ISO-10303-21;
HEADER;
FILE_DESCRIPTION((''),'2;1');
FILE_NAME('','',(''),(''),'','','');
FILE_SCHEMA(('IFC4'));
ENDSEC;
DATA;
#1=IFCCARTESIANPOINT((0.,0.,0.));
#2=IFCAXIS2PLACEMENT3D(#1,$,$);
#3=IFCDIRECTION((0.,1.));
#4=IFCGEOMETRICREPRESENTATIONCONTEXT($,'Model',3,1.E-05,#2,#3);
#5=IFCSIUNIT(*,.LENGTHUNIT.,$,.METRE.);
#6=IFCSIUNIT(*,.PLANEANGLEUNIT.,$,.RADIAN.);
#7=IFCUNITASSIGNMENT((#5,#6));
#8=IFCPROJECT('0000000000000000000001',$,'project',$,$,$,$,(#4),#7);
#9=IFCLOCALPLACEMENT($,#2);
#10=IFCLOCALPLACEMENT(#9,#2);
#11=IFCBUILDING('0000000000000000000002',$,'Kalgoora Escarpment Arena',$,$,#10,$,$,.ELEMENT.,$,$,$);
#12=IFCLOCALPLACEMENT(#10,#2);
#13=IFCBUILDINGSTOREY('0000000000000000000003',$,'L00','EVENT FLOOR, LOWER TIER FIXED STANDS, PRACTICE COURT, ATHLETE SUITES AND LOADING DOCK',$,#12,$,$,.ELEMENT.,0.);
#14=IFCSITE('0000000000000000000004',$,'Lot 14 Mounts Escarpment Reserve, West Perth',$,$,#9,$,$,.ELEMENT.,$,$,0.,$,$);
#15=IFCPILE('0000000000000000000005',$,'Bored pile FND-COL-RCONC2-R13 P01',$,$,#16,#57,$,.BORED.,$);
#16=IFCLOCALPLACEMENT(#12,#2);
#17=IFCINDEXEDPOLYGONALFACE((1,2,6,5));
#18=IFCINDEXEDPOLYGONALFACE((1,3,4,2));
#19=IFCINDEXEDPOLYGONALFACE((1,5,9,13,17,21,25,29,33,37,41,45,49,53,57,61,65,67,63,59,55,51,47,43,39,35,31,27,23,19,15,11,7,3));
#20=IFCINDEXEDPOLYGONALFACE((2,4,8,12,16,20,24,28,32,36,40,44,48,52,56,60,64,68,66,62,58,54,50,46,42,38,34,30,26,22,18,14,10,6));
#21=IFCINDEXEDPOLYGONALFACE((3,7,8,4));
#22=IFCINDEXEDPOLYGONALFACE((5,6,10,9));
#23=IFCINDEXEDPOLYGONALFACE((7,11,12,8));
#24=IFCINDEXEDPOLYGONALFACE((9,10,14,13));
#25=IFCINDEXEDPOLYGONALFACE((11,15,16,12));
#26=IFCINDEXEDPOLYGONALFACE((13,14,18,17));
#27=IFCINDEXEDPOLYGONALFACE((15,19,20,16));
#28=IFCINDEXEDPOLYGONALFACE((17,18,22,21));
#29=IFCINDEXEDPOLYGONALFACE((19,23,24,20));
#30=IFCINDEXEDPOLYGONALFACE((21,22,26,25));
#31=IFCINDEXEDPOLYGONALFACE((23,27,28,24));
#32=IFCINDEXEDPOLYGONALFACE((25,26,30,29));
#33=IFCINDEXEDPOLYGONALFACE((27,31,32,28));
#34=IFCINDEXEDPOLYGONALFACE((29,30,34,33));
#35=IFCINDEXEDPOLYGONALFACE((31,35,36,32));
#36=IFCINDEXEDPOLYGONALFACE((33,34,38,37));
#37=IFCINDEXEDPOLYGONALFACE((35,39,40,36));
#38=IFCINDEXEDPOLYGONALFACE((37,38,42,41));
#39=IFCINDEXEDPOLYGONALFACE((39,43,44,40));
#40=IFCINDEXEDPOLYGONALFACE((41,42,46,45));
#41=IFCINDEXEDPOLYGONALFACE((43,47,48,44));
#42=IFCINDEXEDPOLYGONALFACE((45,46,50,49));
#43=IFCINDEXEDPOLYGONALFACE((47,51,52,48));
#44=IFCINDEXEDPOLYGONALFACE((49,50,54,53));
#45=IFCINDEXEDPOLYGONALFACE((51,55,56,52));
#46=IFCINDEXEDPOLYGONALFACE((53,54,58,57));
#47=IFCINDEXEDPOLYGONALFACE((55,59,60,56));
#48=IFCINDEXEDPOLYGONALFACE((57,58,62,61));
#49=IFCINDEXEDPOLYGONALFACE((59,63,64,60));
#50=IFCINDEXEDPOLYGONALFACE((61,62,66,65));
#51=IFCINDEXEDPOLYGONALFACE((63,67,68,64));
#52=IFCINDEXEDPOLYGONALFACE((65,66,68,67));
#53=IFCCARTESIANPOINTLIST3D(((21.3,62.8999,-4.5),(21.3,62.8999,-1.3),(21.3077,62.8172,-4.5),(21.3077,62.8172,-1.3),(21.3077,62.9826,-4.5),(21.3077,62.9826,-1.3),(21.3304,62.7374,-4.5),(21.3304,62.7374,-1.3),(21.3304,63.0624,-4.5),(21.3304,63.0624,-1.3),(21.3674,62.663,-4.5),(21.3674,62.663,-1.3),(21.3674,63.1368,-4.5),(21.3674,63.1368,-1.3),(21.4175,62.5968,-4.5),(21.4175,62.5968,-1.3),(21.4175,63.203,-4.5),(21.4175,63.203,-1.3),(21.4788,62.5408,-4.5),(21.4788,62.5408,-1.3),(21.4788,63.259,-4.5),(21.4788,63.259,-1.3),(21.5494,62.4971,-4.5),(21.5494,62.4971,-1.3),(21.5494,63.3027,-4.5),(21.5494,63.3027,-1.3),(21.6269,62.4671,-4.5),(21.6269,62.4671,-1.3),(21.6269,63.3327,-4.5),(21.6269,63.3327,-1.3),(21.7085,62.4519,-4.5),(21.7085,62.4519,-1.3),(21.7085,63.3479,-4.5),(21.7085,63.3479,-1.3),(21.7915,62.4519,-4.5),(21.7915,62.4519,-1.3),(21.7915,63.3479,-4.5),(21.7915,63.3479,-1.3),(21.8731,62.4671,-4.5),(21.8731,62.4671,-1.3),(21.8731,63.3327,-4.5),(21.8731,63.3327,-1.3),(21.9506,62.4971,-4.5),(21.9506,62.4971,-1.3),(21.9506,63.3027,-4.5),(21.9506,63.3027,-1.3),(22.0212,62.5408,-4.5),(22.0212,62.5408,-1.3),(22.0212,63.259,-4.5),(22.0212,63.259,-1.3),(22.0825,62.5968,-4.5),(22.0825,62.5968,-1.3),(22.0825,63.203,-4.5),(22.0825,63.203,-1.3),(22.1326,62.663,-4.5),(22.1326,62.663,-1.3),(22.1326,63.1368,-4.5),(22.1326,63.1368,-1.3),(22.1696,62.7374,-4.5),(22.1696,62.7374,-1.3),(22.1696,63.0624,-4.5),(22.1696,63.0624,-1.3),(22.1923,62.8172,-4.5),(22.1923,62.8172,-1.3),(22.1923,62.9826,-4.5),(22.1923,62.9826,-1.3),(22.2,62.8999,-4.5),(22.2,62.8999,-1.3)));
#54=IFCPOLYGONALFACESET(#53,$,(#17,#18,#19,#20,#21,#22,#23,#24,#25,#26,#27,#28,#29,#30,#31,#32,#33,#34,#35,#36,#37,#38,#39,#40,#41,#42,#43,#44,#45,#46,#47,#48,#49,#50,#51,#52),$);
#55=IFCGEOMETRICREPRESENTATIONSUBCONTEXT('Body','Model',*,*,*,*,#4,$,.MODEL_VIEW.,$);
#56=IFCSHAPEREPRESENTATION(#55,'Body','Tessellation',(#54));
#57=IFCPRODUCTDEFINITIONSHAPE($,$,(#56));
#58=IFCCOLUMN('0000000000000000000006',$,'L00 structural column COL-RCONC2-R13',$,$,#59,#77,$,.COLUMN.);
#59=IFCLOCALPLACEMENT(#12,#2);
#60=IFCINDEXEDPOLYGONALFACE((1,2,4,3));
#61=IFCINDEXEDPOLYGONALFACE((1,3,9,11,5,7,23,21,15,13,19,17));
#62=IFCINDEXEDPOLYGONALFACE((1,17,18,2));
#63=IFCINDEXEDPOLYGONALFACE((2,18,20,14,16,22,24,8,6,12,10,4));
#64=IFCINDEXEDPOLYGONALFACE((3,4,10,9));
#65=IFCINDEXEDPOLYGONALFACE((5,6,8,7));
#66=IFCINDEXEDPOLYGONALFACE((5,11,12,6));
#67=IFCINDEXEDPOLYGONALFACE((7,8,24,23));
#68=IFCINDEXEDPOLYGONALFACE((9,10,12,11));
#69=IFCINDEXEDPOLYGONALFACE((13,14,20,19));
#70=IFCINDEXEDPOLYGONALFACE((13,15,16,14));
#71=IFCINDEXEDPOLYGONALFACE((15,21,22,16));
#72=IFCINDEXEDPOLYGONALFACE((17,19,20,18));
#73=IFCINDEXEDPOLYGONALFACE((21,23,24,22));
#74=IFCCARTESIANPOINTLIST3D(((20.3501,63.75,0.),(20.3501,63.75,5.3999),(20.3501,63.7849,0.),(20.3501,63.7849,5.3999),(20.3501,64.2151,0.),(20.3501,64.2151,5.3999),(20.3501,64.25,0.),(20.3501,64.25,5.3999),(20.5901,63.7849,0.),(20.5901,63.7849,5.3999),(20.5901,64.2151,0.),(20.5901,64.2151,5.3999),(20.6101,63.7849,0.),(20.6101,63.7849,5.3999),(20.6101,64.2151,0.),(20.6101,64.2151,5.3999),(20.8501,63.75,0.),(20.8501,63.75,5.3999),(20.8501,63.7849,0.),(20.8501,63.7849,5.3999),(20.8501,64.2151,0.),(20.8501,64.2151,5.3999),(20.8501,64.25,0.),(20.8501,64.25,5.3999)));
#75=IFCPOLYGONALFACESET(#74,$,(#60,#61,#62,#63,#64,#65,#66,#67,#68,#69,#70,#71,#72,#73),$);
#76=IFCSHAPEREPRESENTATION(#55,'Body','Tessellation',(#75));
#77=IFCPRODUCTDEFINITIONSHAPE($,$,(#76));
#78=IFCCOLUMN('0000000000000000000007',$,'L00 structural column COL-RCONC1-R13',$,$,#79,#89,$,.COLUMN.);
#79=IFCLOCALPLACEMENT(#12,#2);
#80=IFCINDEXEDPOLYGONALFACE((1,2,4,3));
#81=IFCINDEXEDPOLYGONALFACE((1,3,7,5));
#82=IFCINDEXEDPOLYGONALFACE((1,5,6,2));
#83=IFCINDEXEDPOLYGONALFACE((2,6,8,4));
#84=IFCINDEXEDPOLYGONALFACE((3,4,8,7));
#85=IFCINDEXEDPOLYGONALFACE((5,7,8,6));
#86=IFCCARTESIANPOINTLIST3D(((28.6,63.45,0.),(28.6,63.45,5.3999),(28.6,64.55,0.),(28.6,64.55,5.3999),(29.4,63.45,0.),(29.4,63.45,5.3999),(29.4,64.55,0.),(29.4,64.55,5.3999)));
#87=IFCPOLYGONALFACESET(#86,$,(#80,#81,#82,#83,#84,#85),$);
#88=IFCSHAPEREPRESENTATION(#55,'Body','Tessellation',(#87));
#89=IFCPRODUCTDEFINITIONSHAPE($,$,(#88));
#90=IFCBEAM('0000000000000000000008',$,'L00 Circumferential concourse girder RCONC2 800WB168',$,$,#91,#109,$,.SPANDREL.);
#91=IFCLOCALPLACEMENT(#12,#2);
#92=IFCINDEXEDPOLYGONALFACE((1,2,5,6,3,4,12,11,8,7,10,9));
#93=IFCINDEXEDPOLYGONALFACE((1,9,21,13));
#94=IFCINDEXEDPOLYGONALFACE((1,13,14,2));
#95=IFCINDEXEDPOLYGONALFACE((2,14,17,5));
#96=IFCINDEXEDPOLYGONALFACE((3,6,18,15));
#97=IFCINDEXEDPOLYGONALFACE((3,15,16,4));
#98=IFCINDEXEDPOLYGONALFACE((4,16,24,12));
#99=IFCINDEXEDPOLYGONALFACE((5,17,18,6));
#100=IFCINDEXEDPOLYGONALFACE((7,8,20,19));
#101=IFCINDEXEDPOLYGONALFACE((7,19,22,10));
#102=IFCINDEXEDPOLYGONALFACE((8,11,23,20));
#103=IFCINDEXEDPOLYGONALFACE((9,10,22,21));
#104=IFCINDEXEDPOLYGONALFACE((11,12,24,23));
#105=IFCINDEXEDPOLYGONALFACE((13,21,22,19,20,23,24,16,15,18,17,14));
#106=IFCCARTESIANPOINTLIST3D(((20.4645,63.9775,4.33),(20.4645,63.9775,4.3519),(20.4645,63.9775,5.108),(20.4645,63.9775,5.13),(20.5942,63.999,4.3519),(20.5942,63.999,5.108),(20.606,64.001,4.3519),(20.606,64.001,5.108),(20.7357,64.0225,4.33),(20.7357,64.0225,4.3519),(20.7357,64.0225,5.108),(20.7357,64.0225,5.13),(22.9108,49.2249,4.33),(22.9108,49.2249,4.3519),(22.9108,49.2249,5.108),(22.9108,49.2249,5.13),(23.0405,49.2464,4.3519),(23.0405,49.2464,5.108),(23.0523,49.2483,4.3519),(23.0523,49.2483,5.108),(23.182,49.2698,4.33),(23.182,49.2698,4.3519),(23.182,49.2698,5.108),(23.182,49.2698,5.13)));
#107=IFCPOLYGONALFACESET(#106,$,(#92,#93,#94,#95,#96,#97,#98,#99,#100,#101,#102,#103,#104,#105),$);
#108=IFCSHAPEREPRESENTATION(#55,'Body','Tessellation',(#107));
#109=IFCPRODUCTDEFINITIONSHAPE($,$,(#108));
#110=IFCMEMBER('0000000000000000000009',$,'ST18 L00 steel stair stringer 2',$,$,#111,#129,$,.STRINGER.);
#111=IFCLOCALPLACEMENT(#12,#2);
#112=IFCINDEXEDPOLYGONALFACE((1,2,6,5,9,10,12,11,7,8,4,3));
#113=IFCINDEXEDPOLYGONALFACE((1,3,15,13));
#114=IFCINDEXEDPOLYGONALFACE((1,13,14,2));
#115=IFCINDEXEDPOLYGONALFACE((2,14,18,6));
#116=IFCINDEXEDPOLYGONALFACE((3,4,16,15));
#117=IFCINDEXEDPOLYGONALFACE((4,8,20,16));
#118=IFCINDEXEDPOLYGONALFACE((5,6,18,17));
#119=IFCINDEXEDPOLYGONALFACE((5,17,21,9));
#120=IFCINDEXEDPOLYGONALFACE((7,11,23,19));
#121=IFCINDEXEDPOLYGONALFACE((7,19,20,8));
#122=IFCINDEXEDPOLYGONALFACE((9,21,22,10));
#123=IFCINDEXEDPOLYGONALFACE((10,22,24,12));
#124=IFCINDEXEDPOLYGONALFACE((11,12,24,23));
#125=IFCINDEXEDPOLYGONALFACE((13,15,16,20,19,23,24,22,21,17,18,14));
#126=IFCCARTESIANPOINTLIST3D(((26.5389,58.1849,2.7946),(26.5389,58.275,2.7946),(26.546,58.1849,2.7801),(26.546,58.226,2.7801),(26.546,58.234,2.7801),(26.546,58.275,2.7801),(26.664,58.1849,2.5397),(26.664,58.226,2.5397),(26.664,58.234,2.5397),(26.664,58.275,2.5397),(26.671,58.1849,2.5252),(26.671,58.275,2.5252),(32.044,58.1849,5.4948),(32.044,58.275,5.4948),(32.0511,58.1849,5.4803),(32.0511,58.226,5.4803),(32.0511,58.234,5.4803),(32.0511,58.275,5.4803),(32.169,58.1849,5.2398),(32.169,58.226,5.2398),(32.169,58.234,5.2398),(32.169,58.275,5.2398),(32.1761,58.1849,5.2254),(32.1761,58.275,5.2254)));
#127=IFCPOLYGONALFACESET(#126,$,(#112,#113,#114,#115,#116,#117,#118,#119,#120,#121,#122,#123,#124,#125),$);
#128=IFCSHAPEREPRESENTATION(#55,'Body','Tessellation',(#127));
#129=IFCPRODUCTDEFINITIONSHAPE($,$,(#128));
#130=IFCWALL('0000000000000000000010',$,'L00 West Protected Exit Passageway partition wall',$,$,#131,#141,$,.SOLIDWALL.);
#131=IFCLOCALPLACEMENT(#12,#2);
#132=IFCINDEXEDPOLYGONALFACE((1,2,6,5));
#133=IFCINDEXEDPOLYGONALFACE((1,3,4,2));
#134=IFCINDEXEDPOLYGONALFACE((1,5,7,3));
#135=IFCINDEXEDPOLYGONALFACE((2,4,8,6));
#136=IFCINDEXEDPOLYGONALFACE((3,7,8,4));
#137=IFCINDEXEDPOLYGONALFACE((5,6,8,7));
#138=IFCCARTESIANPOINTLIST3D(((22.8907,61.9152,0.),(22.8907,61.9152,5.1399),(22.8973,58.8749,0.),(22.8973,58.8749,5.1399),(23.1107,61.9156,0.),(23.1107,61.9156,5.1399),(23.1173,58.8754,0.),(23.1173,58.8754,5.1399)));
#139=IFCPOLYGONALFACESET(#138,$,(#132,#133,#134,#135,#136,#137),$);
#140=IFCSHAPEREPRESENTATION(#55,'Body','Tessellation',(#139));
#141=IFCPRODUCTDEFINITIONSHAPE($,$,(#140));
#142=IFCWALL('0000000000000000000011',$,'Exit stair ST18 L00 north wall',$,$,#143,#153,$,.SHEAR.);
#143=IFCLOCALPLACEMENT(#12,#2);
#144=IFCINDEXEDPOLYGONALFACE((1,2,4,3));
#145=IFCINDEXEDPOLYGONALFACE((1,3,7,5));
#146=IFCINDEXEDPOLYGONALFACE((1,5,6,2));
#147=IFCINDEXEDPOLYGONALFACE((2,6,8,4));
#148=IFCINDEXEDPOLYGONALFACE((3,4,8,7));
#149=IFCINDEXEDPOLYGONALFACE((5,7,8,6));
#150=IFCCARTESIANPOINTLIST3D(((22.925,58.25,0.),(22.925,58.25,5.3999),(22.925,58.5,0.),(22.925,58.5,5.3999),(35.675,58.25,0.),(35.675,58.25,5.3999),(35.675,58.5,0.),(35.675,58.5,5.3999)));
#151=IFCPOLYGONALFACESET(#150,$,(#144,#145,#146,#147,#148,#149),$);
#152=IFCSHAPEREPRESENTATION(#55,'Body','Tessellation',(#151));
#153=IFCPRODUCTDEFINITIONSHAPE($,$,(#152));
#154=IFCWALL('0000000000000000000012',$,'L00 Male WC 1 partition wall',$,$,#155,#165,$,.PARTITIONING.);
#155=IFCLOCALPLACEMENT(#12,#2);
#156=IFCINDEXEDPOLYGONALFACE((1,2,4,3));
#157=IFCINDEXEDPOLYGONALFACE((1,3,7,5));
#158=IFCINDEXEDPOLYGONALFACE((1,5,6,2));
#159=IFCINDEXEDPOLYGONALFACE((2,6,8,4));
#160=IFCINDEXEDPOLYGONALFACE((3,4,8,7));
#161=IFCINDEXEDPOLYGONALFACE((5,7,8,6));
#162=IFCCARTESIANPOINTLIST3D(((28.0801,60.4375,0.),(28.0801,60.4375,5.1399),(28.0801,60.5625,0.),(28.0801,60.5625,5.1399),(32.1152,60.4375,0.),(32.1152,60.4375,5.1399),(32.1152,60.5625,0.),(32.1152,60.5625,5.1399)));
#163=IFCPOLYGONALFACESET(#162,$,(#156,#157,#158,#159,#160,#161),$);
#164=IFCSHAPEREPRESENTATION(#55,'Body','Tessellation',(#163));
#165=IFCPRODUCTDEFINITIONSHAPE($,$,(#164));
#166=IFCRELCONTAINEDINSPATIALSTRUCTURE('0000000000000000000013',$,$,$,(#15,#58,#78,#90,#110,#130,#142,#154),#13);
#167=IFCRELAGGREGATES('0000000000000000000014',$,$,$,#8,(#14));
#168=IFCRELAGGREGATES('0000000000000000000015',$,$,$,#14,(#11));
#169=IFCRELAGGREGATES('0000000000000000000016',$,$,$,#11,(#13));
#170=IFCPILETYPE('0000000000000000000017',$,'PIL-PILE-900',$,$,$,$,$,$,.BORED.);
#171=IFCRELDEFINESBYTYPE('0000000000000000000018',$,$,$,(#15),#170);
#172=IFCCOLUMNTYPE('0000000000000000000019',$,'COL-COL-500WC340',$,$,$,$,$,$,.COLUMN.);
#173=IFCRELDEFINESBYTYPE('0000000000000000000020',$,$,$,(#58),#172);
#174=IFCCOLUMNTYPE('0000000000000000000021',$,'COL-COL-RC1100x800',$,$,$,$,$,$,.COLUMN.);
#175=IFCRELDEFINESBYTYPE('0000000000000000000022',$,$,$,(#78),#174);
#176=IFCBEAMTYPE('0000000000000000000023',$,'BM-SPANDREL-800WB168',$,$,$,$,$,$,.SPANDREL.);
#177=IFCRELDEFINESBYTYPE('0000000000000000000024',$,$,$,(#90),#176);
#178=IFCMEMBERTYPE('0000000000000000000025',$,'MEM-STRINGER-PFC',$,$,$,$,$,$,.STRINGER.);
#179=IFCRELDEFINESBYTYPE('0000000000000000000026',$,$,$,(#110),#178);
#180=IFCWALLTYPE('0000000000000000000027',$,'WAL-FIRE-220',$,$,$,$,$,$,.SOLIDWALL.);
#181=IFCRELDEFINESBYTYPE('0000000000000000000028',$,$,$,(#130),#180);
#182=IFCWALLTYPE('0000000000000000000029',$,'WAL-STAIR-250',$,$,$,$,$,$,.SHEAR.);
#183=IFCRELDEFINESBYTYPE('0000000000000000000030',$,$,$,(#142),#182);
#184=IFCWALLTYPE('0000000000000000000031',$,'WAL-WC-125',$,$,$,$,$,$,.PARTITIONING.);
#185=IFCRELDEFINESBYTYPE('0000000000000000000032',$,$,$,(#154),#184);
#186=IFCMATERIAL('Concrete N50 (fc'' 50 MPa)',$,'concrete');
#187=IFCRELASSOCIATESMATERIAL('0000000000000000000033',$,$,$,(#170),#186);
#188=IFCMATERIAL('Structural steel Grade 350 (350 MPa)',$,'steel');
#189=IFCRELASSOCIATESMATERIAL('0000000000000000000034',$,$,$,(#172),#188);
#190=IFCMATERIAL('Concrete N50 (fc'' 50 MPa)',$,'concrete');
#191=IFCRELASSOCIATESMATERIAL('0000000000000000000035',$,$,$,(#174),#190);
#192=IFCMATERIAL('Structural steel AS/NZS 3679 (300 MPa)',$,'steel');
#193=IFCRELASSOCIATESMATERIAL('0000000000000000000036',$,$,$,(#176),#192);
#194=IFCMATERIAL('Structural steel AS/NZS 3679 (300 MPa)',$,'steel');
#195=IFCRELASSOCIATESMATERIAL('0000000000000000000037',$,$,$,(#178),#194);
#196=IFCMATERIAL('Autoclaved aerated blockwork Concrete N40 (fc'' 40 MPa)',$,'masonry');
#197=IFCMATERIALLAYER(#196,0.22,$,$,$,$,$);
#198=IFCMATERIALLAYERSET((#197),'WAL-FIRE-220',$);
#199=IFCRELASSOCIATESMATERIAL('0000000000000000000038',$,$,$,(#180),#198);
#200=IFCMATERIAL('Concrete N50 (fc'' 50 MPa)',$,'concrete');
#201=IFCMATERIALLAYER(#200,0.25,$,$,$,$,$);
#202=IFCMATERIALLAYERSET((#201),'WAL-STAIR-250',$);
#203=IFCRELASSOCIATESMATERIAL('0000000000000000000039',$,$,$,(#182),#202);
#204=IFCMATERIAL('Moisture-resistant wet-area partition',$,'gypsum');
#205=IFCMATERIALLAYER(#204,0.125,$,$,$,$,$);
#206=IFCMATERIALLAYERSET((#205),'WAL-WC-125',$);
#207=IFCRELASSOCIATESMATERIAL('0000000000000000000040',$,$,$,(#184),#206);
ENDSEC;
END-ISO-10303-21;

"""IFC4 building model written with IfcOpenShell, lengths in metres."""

from ifc_helpers import new_model, si_unit, direction, frame, frame_2d, origin, origin_2d, place, context, subcontext, project, spatial, rectangle, circle, i_section, extrude, material, layer, layer_set, material_profile, profile_set, type_object, element, save


model = new_model("IFC4")

# Units and contexts
model_context = context("Model", 3, precision=1e-05, world=origin(), true_north=direction((0.0, 1.0)))
body_context = subcontext(model_context, "Body", "Model", "MODEL_VIEW")
ifc_project = project(units=[si_unit("LENGTHUNIT", "METRE"), si_unit("PLANEANGLEUNIT", "RADIAN")], contexts=[model_context])

# Site, building, storey
site_placement = place(None, origin())
site = spatial("IfcSite", under=ifc_project, at=site_placement, Name="Lot 14 Mounts Escarpment Reserve, West Perth", CompositionType="ELEMENT", RefElevation=0.0)
building_placement = place(site_placement, origin())
building = spatial("IfcBuilding", under=site, at=building_placement, Name="Kalgoora Escarpment Arena", CompositionType="ELEMENT")
storey_placement = place(building_placement, origin())
storey = spatial("IfcBuildingStorey", under=building, at=storey_placement, Name="L00", Description="EVENT FLOOR, LOWER TIER FIXED STANDS, PRACTICE COURT, ATHLETE SUITES AND LOADING DOCK", CompositionType="ELEMENT", Elevation=0.0)

# Pile
ifc_material_1 = material(Name="Concrete N50 (fc' 50 MPa)", Category="concrete")
ifc_material_profile_1 = material_profile(ifc_material_1, circle(Radius=0.45, at=origin_2d()))
ifc_profile_set_1 = profile_set([ifc_material_profile_1], Name="Concrete N50 (fc' 50 MPa)")
pile_type_1 = type_object("IfcPileType", Name="PIL-PILE-900", PredefinedType="BORED", material=ifc_profile_set_1)
pile_1_placement = place(storey_placement, frame((21.75, 62.8999, -1.3), z_axis=(0.0, 0.0, -1.0), x_axis=(1.0, 0.0, 0.0)))
element("IfcPile", 1, at=pile_1_placement, inside=storey, type_object=pile_type_1, Name="Bored pile FND-COL-RCONC2-R13 P01", PredefinedType="BORED", context=body_context, shape_type="SweptSolid", body=[
    extrude(circle(Radius=0.45, at=origin_2d()), origin(), (0.0, 0.0, 1.0), 3.2),
])

# Columns
ifc_material_2 = material(Name="Structural steel Grade 350 (350 MPa)", Category="steel")
ifc_material_profile_2 = material_profile(ifc_material_2, i_section(OverallWidth=0.5, OverallDepth=0.5, WebThickness=0.02, FlangeThickness=0.0349, at=origin_2d()))
ifc_profile_set_2 = profile_set([ifc_material_profile_2], Name="Structural steel Grade 350 (350 MPa)")
column_type_1 = type_object("IfcColumnType", Name="COL-COL-500WC340", PredefinedType="COLUMN", material=ifc_profile_set_2)
column_1_placement = place(storey_placement, frame((20.6001, 64.0, 0.0), z_axis=(0.0, 0.0, 1.0), x_axis=(-1.0, 0.0, 0.0)))
element("IfcColumn", 2, at=column_1_placement, inside=storey, type_object=column_type_1, Name="L00 structural column COL-RCONC2-R13", PredefinedType="COLUMN", context=body_context, shape_type="SweptSolid", body=[
    extrude(i_section(OverallWidth=0.5, OverallDepth=0.5, WebThickness=0.02, FlangeThickness=0.0349, at=origin_2d()), origin(), (0.0, 0.0, 1.0), 5.3999),
])
ifc_material_3 = material(Name="Concrete N50 (fc' 50 MPa)", Category="concrete")
ifc_material_profile_3 = material_profile(ifc_material_3, rectangle(XDim=0.8, YDim=1.1001, at=origin_2d()))
ifc_profile_set_3 = profile_set([ifc_material_profile_3], Name="Concrete N50 (fc' 50 MPa)")
column_type_2 = type_object("IfcColumnType", Name="COL-COL-RC1100x800", PredefinedType="COLUMN", material=ifc_profile_set_3)
column_2_placement = place(storey_placement, frame((29.0, 64.0, 0.0), z_axis=(0.0, 0.0, 1.0), x_axis=(-1.0, 0.0, 0.0)))
element("IfcColumn", 3, at=column_2_placement, inside=storey, type_object=column_type_2, Name="L00 structural column COL-RCONC1-R13", PredefinedType="COLUMN", context=body_context, shape_type="SweptSolid", body=[
    extrude(rectangle(XDim=0.8, YDim=1.1001, at=origin_2d()), origin(), (0.0, 0.0, 1.0), 5.3999),
])

# Beam
ifc_material_4 = material(Name="Structural steel AS/NZS 3679 (300 MPa)", Category="steel")
ifc_material_profile_4 = material_profile(ifc_material_4, i_section(OverallWidth=0.2749, OverallDepth=0.8, WebThickness=0.012, FlangeThickness=0.022, at=origin_2d()))
ifc_profile_set_4 = profile_set([ifc_material_profile_4], Name="Structural steel AS/NZS 3679 (300 MPa)")
beam_type = type_object("IfcBeamType", Name="BM-SPANDREL-800WB168", PredefinedType="SPANDREL", material=ifc_profile_set_4)
beam_placement = place(storey_placement, frame((20.6001, 64.0, 4.73), z_axis=(0.163586, -0.986529, 0.0), x_axis=(0.986529, 0.163586, 0.0)))
element("IfcBeam", 4, at=beam_placement, inside=storey, type_object=beam_type, Name="L00 Circumferential concourse girder RCONC2 800WB168", PredefinedType="SPANDREL", context=body_context, shape_type="SweptSolid", body=[
    extrude(i_section(OverallWidth=0.2749, OverallDepth=0.8, WebThickness=0.012, FlangeThickness=0.022, at=origin_2d()), origin(), (0.0, 0.0, 1.0), 14.9541),
])

# Member
ifc_material_5 = material(Name="Structural steel AS/NZS 3679 (300 MPa)", Category="steel")
ifc_material_profile_5 = material_profile(ifc_material_5, i_section(OverallWidth=0.0901, OverallDepth=0.3, WebThickness=0.0081, FlangeThickness=0.0161, at=origin_2d()))
ifc_profile_set_5 = profile_set([ifc_material_profile_5], Name="Structural steel AS/NZS 3679 (300 MPa)")
member_type = type_object("IfcMemberType", Name="MEM-STRINGER-PFC", PredefinedType="STRINGER", material=ifc_profile_set_5)
member_placement = place(storey_placement, frame((26.605, 58.23, 2.6599), z_axis=(0.897817, 0.0, 0.440368), x_axis=(0.0, 1.0, 0.0)))
element("IfcMember", 5, at=member_placement, inside=storey, type_object=member_type, Name="ST18 L00 steel stair stringer 2", PredefinedType="STRINGER", context=body_context, shape_type="SweptSolid", body=[
    extrude(i_section(OverallWidth=0.0901, OverallDepth=0.3, WebThickness=0.0081, FlangeThickness=0.0161, at=origin_2d()), origin(), (0.0, 0.0, 1.0), 6.1316),
])

# Walls
ifc_material_6 = material(Name="Autoclaved aerated blockwork Concrete N40 (fc' 40 MPa)", Category="masonry")
ifc_layer_1 = layer(ifc_material_6, 0.22)
ifc_layer_set_1 = layer_set([ifc_layer_1], Name="WAL-FIRE-220")
wall_type_1 = type_object("IfcWallType", Name="WAL-FIRE-220", PredefinedType="SOLIDWALL", material=ifc_layer_set_1)
wall_1_placement = place(storey_placement, frame((23.0007, 61.9153, 0.0), z_axis=(0.0, 0.0, 1.0), x_axis=(0.002168, -0.999998, 0.0)))
element("IfcWall", 6, at=wall_1_placement, inside=storey, type_object=wall_type_1, Name="L00 West Protected Exit Passageway partition wall", PredefinedType="SOLIDWALL", context=body_context, shape_type="SweptSolid", body=[
    extrude(rectangle(XDim=3.0403, YDim=0.22, at=frame_2d((1.52, 0.0))), origin(), (0.0, 0.0, 1.0), 5.1399),
])
ifc_material_7 = material(Name="Concrete N50 (fc' 50 MPa)", Category="concrete")
ifc_layer_2 = layer(ifc_material_7, 0.25)
ifc_layer_set_2 = layer_set([ifc_layer_2], Name="WAL-STAIR-250")
wall_type_2 = type_object("IfcWallType", Name="WAL-STAIR-250", PredefinedType="SHEAR", material=ifc_layer_set_2)
wall_2_placement = place(storey_placement, frame((22.925, 58.375, 0.0), z_axis=(0.0, 0.0, 1.0), x_axis=(1.0, 0.0, 0.0)))
element("IfcWall", 7, at=wall_2_placement, inside=storey, type_object=wall_type_2, Name="Exit stair ST18 L00 north wall", PredefinedType="SHEAR", context=body_context, shape_type="SweptSolid", body=[
    extrude(rectangle(XDim=12.75, YDim=0.25, at=frame_2d((6.375, 0.0))), origin(), (0.0, 0.0, 1.0), 5.3999),
])
ifc_material_8 = material(Name="Moisture-resistant wet-area partition", Category="gypsum")
ifc_layer_3 = layer(ifc_material_8, 0.125)
ifc_layer_set_3 = layer_set([ifc_layer_3], Name="WAL-WC-125")
wall_type_3 = type_object("IfcWallType", Name="WAL-WC-125", PredefinedType="PARTITIONING", material=ifc_layer_set_3)
wall_3_placement = place(storey_placement, frame((32.1152, 60.5, 0.0), z_axis=(0.0, 0.0, 1.0), x_axis=(-1.0, 0.0, 0.0)))
element("IfcWall", 8, at=wall_3_placement, inside=storey, type_object=wall_type_3, Name="L00 Male WC 1 partition wall", PredefinedType="PARTITIONING", context=body_context, shape_type="SweptSolid", body=[
    extrude(rectangle(XDim=4.0352, YDim=0.125, at=frame_2d((2.0176, 0.0))), origin(), (0.0, 0.0, 1.0), 5.1399),
])

save(model, "model.ifc")
